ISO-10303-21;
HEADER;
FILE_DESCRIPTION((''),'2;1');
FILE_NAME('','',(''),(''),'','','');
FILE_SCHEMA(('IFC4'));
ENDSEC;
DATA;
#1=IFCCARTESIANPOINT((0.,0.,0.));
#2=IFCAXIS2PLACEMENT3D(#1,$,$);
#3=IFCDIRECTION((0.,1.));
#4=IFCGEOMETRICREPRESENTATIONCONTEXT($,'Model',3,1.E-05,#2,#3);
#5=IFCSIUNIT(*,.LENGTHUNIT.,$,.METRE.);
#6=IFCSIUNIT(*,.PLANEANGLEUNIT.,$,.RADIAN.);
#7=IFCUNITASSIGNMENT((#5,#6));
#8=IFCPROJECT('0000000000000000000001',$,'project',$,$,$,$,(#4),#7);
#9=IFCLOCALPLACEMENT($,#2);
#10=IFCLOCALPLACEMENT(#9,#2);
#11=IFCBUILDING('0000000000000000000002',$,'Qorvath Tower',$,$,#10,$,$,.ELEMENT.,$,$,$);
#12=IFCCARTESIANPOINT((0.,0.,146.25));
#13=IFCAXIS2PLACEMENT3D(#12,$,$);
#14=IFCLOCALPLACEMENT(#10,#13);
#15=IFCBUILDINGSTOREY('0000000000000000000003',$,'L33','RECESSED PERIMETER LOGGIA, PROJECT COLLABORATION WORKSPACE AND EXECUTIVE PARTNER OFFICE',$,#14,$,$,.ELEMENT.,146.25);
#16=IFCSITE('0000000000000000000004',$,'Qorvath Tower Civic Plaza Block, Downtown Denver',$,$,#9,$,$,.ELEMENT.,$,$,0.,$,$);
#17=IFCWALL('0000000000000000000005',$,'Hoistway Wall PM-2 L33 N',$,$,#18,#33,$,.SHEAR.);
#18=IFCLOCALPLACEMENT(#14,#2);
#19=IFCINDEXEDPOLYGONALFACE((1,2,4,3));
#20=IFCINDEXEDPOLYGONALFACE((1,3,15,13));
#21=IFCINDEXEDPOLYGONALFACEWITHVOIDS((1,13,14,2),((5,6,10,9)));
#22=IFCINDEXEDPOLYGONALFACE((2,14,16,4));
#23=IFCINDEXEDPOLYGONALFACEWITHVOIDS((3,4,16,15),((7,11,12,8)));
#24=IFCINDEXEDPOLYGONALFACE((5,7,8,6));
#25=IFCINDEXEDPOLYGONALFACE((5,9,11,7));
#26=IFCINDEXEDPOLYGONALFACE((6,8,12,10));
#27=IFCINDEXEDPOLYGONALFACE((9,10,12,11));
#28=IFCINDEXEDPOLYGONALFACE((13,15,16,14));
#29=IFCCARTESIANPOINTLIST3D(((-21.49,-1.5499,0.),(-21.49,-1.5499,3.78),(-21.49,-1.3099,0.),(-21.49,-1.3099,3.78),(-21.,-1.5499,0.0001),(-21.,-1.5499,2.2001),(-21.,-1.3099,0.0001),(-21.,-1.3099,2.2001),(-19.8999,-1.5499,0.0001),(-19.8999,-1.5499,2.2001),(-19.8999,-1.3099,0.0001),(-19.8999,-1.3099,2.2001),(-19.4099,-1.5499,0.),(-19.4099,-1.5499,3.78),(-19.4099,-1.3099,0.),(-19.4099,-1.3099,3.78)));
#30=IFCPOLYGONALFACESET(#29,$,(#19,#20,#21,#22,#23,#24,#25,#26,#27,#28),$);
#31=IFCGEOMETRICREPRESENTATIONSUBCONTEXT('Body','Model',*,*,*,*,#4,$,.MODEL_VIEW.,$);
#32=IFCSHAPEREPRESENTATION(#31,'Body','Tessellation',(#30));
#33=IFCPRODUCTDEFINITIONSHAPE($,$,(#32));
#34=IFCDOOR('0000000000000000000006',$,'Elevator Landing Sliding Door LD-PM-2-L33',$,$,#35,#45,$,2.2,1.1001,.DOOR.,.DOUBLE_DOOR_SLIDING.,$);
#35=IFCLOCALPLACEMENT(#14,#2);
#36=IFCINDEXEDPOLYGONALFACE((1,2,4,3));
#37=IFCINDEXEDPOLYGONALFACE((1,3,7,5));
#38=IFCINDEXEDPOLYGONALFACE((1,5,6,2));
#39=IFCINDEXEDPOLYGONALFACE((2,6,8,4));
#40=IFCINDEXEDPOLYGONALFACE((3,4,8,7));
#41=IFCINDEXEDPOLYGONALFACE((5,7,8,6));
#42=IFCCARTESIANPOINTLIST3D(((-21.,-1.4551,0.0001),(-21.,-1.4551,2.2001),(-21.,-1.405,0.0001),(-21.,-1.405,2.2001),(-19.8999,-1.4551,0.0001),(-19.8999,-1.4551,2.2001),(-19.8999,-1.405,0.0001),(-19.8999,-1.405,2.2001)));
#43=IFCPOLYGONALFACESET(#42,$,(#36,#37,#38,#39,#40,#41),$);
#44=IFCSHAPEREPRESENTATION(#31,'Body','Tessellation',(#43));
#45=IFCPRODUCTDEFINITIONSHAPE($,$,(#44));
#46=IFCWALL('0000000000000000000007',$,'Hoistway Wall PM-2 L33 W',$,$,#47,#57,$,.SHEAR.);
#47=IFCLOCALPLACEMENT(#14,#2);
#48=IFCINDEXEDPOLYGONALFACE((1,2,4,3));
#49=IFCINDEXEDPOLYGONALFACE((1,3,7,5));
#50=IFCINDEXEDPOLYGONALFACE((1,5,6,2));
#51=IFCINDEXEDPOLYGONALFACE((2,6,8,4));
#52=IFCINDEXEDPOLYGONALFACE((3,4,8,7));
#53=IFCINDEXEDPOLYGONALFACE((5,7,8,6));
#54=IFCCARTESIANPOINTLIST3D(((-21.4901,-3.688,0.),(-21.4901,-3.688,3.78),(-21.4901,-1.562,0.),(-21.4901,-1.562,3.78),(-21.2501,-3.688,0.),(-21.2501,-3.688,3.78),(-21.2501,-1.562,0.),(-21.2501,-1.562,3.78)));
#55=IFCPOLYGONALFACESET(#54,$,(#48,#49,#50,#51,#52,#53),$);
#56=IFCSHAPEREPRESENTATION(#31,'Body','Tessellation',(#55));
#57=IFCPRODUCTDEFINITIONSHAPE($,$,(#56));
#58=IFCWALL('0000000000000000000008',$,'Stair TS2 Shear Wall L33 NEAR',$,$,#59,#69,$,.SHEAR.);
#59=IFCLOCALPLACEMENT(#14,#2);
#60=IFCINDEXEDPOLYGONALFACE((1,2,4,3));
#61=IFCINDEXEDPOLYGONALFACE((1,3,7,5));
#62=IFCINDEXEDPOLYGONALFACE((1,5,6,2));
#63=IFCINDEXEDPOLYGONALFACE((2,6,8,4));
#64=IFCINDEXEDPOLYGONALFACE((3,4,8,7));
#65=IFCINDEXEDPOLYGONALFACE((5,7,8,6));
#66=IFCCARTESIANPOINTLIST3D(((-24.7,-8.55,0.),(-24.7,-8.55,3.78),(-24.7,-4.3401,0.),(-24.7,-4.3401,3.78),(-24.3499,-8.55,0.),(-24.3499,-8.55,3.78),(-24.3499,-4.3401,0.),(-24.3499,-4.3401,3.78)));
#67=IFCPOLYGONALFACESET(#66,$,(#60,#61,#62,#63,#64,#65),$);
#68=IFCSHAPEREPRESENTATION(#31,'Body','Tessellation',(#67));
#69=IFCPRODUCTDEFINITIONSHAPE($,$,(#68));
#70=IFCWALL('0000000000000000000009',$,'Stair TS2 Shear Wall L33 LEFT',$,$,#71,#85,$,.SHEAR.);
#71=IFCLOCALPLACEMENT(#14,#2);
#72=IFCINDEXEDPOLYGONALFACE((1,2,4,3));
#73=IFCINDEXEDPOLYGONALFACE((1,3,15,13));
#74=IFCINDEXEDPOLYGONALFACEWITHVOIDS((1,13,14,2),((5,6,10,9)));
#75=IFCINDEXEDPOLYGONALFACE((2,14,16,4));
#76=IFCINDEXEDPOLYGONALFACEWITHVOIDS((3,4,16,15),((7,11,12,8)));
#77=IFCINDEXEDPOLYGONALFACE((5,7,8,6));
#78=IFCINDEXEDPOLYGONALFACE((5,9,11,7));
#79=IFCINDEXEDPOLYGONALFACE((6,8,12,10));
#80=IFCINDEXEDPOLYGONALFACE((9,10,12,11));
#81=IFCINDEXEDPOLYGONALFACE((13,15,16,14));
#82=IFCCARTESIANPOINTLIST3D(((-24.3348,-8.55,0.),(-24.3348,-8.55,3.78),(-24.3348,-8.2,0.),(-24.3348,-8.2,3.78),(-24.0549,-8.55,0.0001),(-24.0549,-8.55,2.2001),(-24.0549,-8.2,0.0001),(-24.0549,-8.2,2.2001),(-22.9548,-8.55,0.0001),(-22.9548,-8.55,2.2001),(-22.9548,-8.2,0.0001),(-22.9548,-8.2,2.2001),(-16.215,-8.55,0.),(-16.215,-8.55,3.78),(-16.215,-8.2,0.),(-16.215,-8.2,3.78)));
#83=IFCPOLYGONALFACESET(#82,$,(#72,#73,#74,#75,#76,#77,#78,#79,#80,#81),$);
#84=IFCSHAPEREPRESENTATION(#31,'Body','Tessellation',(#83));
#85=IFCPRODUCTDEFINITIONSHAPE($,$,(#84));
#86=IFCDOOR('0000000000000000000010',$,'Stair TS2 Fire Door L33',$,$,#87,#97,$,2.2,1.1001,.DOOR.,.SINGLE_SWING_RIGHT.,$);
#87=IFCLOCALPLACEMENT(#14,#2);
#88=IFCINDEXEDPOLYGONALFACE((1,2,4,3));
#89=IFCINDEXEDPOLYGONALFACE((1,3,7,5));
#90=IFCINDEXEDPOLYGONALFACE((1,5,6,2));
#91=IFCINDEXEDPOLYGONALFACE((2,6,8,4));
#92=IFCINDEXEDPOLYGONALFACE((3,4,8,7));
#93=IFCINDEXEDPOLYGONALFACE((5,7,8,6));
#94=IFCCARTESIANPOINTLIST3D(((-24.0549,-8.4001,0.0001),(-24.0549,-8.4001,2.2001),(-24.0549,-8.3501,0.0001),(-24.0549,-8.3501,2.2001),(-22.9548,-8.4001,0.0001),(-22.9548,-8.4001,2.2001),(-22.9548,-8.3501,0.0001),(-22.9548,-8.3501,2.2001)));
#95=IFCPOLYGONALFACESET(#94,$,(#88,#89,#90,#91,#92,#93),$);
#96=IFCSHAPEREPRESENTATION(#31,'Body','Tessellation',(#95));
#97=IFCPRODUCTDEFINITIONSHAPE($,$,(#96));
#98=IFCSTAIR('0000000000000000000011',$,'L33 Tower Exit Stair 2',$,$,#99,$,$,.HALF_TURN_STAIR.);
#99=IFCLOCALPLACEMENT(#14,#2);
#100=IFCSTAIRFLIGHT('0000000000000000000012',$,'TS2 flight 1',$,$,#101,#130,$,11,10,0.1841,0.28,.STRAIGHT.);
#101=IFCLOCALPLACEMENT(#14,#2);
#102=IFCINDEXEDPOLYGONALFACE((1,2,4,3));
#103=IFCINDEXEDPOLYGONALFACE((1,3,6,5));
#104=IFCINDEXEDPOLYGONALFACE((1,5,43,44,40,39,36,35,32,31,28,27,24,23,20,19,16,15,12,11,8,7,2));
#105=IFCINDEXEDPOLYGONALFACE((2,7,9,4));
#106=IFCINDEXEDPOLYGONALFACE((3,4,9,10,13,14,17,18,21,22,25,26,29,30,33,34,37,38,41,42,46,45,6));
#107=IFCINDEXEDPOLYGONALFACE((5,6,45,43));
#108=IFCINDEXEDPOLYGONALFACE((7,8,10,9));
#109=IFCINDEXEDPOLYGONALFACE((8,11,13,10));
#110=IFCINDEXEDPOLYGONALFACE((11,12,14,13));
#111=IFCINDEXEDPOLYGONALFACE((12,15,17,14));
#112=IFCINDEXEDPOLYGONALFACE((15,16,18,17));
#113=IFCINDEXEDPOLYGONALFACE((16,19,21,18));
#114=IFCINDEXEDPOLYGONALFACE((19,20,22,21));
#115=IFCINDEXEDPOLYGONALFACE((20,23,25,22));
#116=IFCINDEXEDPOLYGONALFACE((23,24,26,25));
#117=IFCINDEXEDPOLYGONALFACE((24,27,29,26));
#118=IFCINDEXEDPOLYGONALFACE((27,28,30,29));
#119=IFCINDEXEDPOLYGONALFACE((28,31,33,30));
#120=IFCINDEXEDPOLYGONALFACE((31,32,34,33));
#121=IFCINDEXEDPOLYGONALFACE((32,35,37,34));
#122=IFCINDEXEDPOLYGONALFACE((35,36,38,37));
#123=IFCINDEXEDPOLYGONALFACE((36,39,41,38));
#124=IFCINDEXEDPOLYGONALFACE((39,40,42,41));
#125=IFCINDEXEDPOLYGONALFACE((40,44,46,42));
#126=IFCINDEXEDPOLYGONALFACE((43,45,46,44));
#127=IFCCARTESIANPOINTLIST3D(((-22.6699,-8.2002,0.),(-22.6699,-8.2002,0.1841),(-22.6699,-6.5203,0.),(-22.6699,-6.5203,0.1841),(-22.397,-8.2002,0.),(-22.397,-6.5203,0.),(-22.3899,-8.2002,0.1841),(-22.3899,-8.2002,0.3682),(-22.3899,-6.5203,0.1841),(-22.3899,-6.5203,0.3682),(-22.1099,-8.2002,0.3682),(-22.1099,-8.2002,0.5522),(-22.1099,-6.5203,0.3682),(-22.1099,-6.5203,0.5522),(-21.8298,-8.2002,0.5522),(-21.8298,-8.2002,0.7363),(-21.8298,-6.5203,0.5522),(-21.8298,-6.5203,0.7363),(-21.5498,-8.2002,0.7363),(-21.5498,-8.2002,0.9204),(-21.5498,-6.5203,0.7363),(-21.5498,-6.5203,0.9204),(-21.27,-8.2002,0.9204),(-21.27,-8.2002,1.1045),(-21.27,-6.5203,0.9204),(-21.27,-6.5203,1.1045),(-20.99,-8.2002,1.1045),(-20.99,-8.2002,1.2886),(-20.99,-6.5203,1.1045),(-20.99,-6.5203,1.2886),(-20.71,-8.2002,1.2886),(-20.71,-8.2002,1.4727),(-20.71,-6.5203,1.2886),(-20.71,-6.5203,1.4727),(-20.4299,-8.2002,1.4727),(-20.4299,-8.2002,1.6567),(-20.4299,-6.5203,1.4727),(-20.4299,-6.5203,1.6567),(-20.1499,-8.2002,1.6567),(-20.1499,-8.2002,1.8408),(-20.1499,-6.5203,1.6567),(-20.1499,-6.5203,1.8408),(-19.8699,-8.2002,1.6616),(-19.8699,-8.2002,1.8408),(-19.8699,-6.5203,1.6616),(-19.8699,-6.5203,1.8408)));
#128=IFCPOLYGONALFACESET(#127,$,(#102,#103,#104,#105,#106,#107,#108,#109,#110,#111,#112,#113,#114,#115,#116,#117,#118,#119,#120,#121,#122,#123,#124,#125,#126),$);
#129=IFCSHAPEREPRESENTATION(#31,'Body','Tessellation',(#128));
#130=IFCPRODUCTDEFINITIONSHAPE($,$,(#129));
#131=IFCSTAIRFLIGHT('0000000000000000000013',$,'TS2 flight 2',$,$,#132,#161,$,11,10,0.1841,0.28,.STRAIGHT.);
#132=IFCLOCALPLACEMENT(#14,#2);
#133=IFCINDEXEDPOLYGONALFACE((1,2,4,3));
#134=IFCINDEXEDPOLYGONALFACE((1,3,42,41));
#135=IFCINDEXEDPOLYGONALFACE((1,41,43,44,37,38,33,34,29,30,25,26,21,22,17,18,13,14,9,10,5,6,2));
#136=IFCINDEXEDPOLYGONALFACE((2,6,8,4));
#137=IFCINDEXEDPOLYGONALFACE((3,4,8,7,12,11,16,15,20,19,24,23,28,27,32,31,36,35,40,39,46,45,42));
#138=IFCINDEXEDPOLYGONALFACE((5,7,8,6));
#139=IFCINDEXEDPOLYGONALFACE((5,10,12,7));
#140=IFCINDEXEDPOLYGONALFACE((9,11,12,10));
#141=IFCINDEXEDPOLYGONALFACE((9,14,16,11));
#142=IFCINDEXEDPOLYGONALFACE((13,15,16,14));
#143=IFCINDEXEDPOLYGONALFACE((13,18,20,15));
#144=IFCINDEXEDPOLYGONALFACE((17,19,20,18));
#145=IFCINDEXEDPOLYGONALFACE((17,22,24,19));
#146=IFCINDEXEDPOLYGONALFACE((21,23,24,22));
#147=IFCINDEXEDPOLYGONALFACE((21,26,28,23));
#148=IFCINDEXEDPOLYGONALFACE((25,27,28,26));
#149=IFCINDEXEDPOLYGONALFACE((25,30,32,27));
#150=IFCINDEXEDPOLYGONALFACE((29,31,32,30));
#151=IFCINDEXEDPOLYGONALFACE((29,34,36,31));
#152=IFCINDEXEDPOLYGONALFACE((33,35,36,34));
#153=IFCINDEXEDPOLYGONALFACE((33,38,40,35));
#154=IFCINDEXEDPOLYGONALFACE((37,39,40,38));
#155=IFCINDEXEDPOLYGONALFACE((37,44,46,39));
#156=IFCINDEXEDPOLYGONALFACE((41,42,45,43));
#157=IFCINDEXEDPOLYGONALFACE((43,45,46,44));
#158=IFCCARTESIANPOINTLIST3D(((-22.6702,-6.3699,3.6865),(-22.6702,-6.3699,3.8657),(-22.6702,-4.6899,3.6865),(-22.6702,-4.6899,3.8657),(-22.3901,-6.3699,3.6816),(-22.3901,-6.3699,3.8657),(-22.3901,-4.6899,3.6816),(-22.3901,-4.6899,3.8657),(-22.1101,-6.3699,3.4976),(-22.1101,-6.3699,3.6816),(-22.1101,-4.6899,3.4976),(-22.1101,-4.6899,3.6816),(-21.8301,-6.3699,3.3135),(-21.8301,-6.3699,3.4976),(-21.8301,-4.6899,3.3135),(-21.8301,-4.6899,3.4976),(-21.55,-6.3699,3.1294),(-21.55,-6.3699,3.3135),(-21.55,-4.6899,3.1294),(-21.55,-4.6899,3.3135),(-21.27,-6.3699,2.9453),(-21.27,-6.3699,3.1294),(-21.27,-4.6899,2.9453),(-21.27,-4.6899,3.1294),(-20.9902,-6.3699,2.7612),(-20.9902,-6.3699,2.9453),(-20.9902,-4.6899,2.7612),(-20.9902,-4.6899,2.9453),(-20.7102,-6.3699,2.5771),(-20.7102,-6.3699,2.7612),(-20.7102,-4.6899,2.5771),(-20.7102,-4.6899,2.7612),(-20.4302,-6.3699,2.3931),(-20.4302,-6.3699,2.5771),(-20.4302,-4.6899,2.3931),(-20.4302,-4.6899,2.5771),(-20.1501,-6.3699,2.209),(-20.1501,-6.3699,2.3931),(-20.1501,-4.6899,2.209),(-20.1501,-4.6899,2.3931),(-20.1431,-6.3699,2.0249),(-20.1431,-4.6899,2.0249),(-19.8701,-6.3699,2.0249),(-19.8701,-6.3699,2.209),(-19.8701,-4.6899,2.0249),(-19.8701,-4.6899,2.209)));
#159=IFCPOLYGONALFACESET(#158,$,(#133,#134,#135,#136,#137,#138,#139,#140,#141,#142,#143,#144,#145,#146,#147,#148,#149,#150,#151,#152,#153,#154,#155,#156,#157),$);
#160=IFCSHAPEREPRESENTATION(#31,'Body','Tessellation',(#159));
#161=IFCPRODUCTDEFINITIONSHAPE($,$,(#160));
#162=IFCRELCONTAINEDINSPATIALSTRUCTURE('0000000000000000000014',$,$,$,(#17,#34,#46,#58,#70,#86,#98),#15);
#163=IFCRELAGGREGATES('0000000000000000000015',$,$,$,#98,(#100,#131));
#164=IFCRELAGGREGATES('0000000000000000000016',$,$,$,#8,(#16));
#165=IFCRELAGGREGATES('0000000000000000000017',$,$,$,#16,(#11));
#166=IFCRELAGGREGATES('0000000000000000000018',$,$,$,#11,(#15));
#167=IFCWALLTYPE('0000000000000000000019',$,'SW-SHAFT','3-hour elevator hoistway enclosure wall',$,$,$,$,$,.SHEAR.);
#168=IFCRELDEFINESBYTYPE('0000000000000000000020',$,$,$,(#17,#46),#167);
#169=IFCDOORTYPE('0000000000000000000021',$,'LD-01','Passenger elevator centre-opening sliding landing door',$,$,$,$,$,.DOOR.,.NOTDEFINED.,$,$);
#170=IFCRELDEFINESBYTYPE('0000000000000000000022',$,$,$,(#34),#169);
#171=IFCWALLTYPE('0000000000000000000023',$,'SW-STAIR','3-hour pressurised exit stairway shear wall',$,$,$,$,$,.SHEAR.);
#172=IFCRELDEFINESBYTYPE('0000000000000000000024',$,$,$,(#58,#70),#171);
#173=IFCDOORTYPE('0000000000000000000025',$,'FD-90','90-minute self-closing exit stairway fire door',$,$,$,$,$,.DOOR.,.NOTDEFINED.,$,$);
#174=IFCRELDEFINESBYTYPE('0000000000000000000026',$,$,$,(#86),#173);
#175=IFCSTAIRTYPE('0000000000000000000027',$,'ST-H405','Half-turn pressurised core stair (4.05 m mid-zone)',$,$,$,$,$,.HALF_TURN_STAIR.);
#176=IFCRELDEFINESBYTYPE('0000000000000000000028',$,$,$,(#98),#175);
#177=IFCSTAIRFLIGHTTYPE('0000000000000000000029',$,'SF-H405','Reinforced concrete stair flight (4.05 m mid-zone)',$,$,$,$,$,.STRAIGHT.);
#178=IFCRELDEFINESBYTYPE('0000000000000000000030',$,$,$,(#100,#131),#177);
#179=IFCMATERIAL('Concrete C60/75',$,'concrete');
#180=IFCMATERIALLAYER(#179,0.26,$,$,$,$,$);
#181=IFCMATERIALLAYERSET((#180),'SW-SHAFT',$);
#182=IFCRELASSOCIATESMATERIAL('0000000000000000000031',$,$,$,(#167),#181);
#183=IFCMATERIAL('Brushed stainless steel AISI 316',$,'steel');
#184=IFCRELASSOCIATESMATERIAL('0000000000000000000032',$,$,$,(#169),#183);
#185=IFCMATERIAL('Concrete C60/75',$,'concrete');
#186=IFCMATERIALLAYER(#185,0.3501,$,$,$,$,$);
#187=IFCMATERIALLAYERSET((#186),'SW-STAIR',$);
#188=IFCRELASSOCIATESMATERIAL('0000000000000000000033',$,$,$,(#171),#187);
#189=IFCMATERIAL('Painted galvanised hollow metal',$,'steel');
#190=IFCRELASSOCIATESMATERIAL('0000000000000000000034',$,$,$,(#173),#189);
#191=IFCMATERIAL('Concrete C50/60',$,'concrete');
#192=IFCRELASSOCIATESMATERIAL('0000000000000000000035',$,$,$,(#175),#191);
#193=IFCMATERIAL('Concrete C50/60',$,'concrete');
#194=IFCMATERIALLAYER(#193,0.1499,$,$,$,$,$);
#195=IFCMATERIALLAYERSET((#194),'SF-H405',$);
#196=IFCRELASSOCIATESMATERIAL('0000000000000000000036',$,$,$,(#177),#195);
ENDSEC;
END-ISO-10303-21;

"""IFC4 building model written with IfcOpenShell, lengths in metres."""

from ifc_helpers import new_model, si_unit, direction, frame, frame_2d, origin, place, context, subcontext, project, spatial, polyline, rectangle, outline, extrude, material, layer, layer_set, type_object, element, fill, aggregate, save


model = new_model("IFC4")

# Units and contexts
model_context = context("Model", 3, precision=1e-05, world=origin(), true_north=direction((0.0, 1.0)))
body_context = subcontext(model_context, "Body", "Model", "MODEL_VIEW")
ifc_project = project(units=[si_unit("LENGTHUNIT", "METRE"), si_unit("PLANEANGLEUNIT", "RADIAN")], contexts=[model_context])

# Site, building, storey
site_placement = place(None, origin())
site = spatial("IfcSite", under=ifc_project, at=site_placement, Name="Qorvath Tower Civic Plaza Block, Downtown Denver", CompositionType="ELEMENT", RefElevation=0.0)
building_placement = place(site_placement, origin())
building = spatial("IfcBuilding", under=site, at=building_placement, Name="Qorvath Tower", CompositionType="ELEMENT")
storey_placement = place(building_placement, frame((0.0, 0.0, 146.25)))
storey = spatial("IfcBuildingStorey", under=building, at=storey_placement, Name="L33", Description="RECESSED PERIMETER LOGGIA, PROJECT COLLABORATION WORKSPACE AND EXECUTIVE PARTNER OFFICE", CompositionType="ELEMENT", Elevation=146.25)

# Shared definitions
ifc_material_1 = material(Name="Concrete C60/75", Category="concrete")
ifc_layer_1 = layer(ifc_material_1, 0.26)
ifc_layer_set_1 = layer_set([ifc_layer_1], Name="SW-SHAFT")
wall_type_1 = type_object("IfcWallType", Name="SW-SHAFT", Description="3-hour elevator hoistway enclosure wall", PredefinedType="SHEAR", material=ifc_layer_set_1)

# Wall, opening, door
wall_1_placement = place(storey_placement, frame((-21.49, -1.4299, 0.0), z_axis=(0.0, 0.0, 1.0), x_axis=(1.0, 0.0, 0.0)))
wall_1 = element("IfcWall", 1, at=wall_1_placement, inside=storey, type_object=wall_type_1, Name="Hoistway Wall PM-2 L33 N", PredefinedType="SHEAR", context=body_context, shape_type="SweptSolid", body=[
    extrude(rectangle(XDim=2.0801, YDim=0.24, at=frame_2d((1.04, 0.0))), origin(), (0.0, 0.0, 1.0), 3.78),
])
opening_1_placement = place(wall_1_placement, frame((0.49, 0.0, 0.0)))
opening_1 = element("IfcOpeningElement", 2, at=opening_1_placement, cuts=wall_1, PredefinedType="OPENING", context=body_context, shape_type="SweptSolid", body=[
    extrude(rectangle(XDim=1.1001, YDim=2.2, at=frame_2d((0.55, 1.1001))), frame((0.0, 0.1299, 0.0), z_axis=(0.0, -1.0, 0.0), x_axis=(1.0, 0.0, 0.0)), (0.0, 0.0, 1.0), 0.26),
])
ifc_material_2 = material(Name="Brushed stainless steel AISI 316", Category="steel")
door_type_1 = type_object("IfcDoorType", Name="LD-01", Description="Passenger elevator centre-opening sliding landing door", OperationType="NOTDEFINED", PredefinedType="DOOR", material=ifc_material_2)
door_1_placement = place(opening_1_placement, origin())
door_1 = element("IfcDoor", 3, at=door_1_placement, inside=storey, type_object=door_type_1, Name="Elevator Landing Sliding Door LD-PM-2-L33", OperationType="DOUBLE_DOOR_SLIDING", OverallHeight=2.2, OverallWidth=1.1001, PredefinedType="DOOR", context=body_context, shape_type="SweptSolid", body=[
    extrude(rectangle(XDim=1.1001, YDim=2.2, at=frame_2d((0.55, 1.1001))), frame((0.0, 0.0249, 0.0), z_axis=(0.0, -1.0, 0.0), x_axis=(1.0, 0.0, 0.0)), (0.0, 0.0, 1.0), 0.05),
])
fill(opening_1, door_1)

# Walls
wall_2_placement = place(storey_placement, frame((-21.3701, -3.688, 0.0), z_axis=(0.0, 0.0, 1.0), x_axis=(0.0, 1.0, 0.0)))
element("IfcWall", 4, at=wall_2_placement, inside=storey, type_object=wall_type_1, Name="Hoistway Wall PM-2 L33 W", PredefinedType="SHEAR", context=body_context, shape_type="SweptSolid", body=[
    extrude(rectangle(XDim=2.126, YDim=0.24, at=frame_2d((1.063, 0.0))), origin(), (0.0, 0.0, 1.0), 3.78),
])
ifc_material_3 = material(Name="Concrete C60/75", Category="concrete")
ifc_layer_2 = layer(ifc_material_3, 0.3501)
ifc_layer_set_2 = layer_set([ifc_layer_2], Name="SW-STAIR")
wall_type_2 = type_object("IfcWallType", Name="SW-STAIR", Description="3-hour pressurised exit stairway shear wall", PredefinedType="SHEAR", material=ifc_layer_set_2)
wall_3_placement = place(storey_placement, frame((-24.5249, -4.3401, 0.0), z_axis=(0.0, 0.0, 1.0), x_axis=(0.0, -1.0, 0.0)))
element("IfcWall", 5, at=wall_3_placement, inside=storey, type_object=wall_type_2, Name="Stair TS2 Shear Wall L33 NEAR", PredefinedType="SHEAR", context=body_context, shape_type="SweptSolid", body=[
    extrude(rectangle(XDim=4.21, YDim=0.3501, at=frame_2d((2.105, 0.0))), origin(), (0.0, 0.0, 1.0), 3.78),
])

# Wall, opening, door
wall_4_placement = place(storey_placement, frame((-24.335, -8.375, 0.0), z_axis=(0.0, 0.0, 1.0), x_axis=(1.0, 0.0, 0.0)))
wall_4 = element("IfcWall", 6, at=wall_4_placement, inside=storey, type_object=wall_type_2, Name="Stair TS2 Shear Wall L33 LEFT", PredefinedType="SHEAR", context=body_context, shape_type="SweptSolid", body=[
    extrude(rectangle(XDim=8.1199, YDim=0.3501, at=frame_2d((4.0601, 0.0))), origin(), (0.0, 0.0, 1.0), 3.78),
])
opening_2_placement = place(wall_4_placement, frame((0.28, 0.0, 0.0)))
opening_2 = element("IfcOpeningElement", 7, at=opening_2_placement, cuts=wall_4, PredefinedType="OPENING", context=body_context, shape_type="SweptSolid", body=[
    extrude(rectangle(XDim=1.1001, YDim=2.2, at=frame_2d((0.55, 1.1001))), frame((0.0, 0.1851, 0.0), z_axis=(0.0, -1.0, 0.0), x_axis=(1.0, 0.0, 0.0)), (0.0, 0.0, 1.0), 0.3701),
])
ifc_material_4 = material(Name="Painted galvanised hollow metal", Category="steel")
door_type_2 = type_object("IfcDoorType", Name="FD-90", Description="90-minute self-closing exit stairway fire door", OperationType="NOTDEFINED", PredefinedType="DOOR", material=ifc_material_4)
door_2_placement = place(opening_2_placement, origin())
door_2 = element("IfcDoor", 8, at=door_2_placement, inside=storey, type_object=door_type_2, Name="Stair TS2 Fire Door L33", OperationType="SINGLE_SWING_RIGHT", OverallHeight=2.2, OverallWidth=1.1001, PredefinedType="DOOR", context=body_context, shape_type="SweptSolid", body=[
    extrude(rectangle(XDim=1.1001, YDim=2.2, at=frame_2d((0.55, 1.1001))), frame((0.0, 0.0249, 0.0), z_axis=(0.0, -1.0, 0.0), x_axis=(1.0, 0.0, 0.0)), (0.0, 0.0, 1.0), 0.05),
])
fill(opening_2, door_2)

# Stair, stair flights
ifc_material_5 = material(Name="Concrete C50/60", Category="concrete")
stair_type = type_object("IfcStairType", Name="ST-H405", Description="Half-turn pressurised core stair (4.05 m mid-zone)", PredefinedType="HALF_TURN_STAIR", material=ifc_material_5)
stair_placement = place(storey_placement, origin())
stair = element("IfcStair", 9, at=stair_placement, inside=storey, type_object=stair_type, Name="L33 Tower Exit Stair 2", PredefinedType="HALF_TURN_STAIR")
ifc_material_6 = material(Name="Concrete C50/60", Category="concrete")
ifc_layer_3 = layer(ifc_material_6, 0.1499)
ifc_layer_set_3 = layer_set([ifc_layer_3], Name="SF-H405")
stair_flight_type = type_object("IfcStairFlightType", Name="SF-H405", Description="Reinforced concrete stair flight (4.05 m mid-zone)", PredefinedType="STRAIGHT", material=ifc_layer_set_3)
stair_flight_1_placement = place(storey_placement, frame((-22.6699, -7.3601, 0.0), z_axis=(0.0, 0.0, 1.0), x_axis=(1.0, 0.0, 0.0)))
stair_flight_1 = element("IfcStairFlight", 10, at=stair_flight_1_placement, type_object=stair_flight_type, Name="TS2 flight 1", NumberOfRisers=11, NumberOfTreads=10, PredefinedType="STRAIGHT", RiserHeight=0.1841, TreadLength=0.28, context=body_context, shape_type="SweptSolid", body=[
    extrude(outline(polyline([(0.0, 0.0), (0.0, 0.1841), (0.28, 0.1841), (0.28, 0.3682), (0.5601, 0.3682), (0.5601, 0.5522), (0.8401, 0.5522), (0.8401, 0.7363), (1.1201, 0.7363), (1.1201, 0.9204), (1.3999, 0.9204), (1.3999, 1.1045), (1.6799, 1.1045), (1.6799, 1.2886), (1.96, 1.2886), (1.96, 1.4727), (2.24, 1.4727), (2.24, 1.6567), (2.52, 1.6567), (2.52, 1.8408), (2.8, 1.8408), (2.8, 2.0249), (2.8, 1.6616), (0.2729, 0.0), (0.0, 0.0)])), frame((0.0, 0.8398, 0.0), z_axis=(0.0, -1.0, 0.0), x_axis=(1.0, 0.0, 0.0)), (0.0, 0.0, 1.0), 1.6799),
])
stair_flight_2_placement = place(storey_placement, frame((-19.8701, -5.53, 2.0249), z_axis=(0.0, 0.0, 1.0), x_axis=(-1.0, 0.0, 0.0)))
stair_flight_2 = element("IfcStairFlight", 11, at=stair_flight_2_placement, type_object=stair_flight_type, Name="TS2 flight 2", NumberOfRisers=11, NumberOfTreads=10, PredefinedType="STRAIGHT", RiserHeight=0.1841, TreadLength=0.28, context=body_context, shape_type="SweptSolid", body=[
    extrude(outline(polyline([(0.0, 0.0), (0.0, 0.1841), (0.28, 0.1841), (0.28, 0.3682), (0.5601, 0.3682), (0.5601, 0.5522), (0.8401, 0.5522), (0.8401, 0.7363), (1.1201, 0.7363), (1.1201, 0.9204), (1.3999, 0.9204), (1.3999, 1.1045), (1.6799, 1.1045), (1.6799, 1.2886), (1.96, 1.2886), (1.96, 1.4727), (2.24, 1.4727), (2.24, 1.6567), (2.52, 1.6567), (2.52, 1.8408), (2.8, 1.8408), (2.8, 2.0249), (2.8, 1.6616), (0.2729, 0.0), (0.0, 0.0)])), frame((0.0, 0.8398, 0.0), z_axis=(0.0, -1.0, 0.0), x_axis=(1.0, 0.0, 0.0)), (0.0, 0.0, 1.0), 1.6799),
])
aggregate(stair, [stair_flight_1, stair_flight_2])

save(model, "model.ifc")
